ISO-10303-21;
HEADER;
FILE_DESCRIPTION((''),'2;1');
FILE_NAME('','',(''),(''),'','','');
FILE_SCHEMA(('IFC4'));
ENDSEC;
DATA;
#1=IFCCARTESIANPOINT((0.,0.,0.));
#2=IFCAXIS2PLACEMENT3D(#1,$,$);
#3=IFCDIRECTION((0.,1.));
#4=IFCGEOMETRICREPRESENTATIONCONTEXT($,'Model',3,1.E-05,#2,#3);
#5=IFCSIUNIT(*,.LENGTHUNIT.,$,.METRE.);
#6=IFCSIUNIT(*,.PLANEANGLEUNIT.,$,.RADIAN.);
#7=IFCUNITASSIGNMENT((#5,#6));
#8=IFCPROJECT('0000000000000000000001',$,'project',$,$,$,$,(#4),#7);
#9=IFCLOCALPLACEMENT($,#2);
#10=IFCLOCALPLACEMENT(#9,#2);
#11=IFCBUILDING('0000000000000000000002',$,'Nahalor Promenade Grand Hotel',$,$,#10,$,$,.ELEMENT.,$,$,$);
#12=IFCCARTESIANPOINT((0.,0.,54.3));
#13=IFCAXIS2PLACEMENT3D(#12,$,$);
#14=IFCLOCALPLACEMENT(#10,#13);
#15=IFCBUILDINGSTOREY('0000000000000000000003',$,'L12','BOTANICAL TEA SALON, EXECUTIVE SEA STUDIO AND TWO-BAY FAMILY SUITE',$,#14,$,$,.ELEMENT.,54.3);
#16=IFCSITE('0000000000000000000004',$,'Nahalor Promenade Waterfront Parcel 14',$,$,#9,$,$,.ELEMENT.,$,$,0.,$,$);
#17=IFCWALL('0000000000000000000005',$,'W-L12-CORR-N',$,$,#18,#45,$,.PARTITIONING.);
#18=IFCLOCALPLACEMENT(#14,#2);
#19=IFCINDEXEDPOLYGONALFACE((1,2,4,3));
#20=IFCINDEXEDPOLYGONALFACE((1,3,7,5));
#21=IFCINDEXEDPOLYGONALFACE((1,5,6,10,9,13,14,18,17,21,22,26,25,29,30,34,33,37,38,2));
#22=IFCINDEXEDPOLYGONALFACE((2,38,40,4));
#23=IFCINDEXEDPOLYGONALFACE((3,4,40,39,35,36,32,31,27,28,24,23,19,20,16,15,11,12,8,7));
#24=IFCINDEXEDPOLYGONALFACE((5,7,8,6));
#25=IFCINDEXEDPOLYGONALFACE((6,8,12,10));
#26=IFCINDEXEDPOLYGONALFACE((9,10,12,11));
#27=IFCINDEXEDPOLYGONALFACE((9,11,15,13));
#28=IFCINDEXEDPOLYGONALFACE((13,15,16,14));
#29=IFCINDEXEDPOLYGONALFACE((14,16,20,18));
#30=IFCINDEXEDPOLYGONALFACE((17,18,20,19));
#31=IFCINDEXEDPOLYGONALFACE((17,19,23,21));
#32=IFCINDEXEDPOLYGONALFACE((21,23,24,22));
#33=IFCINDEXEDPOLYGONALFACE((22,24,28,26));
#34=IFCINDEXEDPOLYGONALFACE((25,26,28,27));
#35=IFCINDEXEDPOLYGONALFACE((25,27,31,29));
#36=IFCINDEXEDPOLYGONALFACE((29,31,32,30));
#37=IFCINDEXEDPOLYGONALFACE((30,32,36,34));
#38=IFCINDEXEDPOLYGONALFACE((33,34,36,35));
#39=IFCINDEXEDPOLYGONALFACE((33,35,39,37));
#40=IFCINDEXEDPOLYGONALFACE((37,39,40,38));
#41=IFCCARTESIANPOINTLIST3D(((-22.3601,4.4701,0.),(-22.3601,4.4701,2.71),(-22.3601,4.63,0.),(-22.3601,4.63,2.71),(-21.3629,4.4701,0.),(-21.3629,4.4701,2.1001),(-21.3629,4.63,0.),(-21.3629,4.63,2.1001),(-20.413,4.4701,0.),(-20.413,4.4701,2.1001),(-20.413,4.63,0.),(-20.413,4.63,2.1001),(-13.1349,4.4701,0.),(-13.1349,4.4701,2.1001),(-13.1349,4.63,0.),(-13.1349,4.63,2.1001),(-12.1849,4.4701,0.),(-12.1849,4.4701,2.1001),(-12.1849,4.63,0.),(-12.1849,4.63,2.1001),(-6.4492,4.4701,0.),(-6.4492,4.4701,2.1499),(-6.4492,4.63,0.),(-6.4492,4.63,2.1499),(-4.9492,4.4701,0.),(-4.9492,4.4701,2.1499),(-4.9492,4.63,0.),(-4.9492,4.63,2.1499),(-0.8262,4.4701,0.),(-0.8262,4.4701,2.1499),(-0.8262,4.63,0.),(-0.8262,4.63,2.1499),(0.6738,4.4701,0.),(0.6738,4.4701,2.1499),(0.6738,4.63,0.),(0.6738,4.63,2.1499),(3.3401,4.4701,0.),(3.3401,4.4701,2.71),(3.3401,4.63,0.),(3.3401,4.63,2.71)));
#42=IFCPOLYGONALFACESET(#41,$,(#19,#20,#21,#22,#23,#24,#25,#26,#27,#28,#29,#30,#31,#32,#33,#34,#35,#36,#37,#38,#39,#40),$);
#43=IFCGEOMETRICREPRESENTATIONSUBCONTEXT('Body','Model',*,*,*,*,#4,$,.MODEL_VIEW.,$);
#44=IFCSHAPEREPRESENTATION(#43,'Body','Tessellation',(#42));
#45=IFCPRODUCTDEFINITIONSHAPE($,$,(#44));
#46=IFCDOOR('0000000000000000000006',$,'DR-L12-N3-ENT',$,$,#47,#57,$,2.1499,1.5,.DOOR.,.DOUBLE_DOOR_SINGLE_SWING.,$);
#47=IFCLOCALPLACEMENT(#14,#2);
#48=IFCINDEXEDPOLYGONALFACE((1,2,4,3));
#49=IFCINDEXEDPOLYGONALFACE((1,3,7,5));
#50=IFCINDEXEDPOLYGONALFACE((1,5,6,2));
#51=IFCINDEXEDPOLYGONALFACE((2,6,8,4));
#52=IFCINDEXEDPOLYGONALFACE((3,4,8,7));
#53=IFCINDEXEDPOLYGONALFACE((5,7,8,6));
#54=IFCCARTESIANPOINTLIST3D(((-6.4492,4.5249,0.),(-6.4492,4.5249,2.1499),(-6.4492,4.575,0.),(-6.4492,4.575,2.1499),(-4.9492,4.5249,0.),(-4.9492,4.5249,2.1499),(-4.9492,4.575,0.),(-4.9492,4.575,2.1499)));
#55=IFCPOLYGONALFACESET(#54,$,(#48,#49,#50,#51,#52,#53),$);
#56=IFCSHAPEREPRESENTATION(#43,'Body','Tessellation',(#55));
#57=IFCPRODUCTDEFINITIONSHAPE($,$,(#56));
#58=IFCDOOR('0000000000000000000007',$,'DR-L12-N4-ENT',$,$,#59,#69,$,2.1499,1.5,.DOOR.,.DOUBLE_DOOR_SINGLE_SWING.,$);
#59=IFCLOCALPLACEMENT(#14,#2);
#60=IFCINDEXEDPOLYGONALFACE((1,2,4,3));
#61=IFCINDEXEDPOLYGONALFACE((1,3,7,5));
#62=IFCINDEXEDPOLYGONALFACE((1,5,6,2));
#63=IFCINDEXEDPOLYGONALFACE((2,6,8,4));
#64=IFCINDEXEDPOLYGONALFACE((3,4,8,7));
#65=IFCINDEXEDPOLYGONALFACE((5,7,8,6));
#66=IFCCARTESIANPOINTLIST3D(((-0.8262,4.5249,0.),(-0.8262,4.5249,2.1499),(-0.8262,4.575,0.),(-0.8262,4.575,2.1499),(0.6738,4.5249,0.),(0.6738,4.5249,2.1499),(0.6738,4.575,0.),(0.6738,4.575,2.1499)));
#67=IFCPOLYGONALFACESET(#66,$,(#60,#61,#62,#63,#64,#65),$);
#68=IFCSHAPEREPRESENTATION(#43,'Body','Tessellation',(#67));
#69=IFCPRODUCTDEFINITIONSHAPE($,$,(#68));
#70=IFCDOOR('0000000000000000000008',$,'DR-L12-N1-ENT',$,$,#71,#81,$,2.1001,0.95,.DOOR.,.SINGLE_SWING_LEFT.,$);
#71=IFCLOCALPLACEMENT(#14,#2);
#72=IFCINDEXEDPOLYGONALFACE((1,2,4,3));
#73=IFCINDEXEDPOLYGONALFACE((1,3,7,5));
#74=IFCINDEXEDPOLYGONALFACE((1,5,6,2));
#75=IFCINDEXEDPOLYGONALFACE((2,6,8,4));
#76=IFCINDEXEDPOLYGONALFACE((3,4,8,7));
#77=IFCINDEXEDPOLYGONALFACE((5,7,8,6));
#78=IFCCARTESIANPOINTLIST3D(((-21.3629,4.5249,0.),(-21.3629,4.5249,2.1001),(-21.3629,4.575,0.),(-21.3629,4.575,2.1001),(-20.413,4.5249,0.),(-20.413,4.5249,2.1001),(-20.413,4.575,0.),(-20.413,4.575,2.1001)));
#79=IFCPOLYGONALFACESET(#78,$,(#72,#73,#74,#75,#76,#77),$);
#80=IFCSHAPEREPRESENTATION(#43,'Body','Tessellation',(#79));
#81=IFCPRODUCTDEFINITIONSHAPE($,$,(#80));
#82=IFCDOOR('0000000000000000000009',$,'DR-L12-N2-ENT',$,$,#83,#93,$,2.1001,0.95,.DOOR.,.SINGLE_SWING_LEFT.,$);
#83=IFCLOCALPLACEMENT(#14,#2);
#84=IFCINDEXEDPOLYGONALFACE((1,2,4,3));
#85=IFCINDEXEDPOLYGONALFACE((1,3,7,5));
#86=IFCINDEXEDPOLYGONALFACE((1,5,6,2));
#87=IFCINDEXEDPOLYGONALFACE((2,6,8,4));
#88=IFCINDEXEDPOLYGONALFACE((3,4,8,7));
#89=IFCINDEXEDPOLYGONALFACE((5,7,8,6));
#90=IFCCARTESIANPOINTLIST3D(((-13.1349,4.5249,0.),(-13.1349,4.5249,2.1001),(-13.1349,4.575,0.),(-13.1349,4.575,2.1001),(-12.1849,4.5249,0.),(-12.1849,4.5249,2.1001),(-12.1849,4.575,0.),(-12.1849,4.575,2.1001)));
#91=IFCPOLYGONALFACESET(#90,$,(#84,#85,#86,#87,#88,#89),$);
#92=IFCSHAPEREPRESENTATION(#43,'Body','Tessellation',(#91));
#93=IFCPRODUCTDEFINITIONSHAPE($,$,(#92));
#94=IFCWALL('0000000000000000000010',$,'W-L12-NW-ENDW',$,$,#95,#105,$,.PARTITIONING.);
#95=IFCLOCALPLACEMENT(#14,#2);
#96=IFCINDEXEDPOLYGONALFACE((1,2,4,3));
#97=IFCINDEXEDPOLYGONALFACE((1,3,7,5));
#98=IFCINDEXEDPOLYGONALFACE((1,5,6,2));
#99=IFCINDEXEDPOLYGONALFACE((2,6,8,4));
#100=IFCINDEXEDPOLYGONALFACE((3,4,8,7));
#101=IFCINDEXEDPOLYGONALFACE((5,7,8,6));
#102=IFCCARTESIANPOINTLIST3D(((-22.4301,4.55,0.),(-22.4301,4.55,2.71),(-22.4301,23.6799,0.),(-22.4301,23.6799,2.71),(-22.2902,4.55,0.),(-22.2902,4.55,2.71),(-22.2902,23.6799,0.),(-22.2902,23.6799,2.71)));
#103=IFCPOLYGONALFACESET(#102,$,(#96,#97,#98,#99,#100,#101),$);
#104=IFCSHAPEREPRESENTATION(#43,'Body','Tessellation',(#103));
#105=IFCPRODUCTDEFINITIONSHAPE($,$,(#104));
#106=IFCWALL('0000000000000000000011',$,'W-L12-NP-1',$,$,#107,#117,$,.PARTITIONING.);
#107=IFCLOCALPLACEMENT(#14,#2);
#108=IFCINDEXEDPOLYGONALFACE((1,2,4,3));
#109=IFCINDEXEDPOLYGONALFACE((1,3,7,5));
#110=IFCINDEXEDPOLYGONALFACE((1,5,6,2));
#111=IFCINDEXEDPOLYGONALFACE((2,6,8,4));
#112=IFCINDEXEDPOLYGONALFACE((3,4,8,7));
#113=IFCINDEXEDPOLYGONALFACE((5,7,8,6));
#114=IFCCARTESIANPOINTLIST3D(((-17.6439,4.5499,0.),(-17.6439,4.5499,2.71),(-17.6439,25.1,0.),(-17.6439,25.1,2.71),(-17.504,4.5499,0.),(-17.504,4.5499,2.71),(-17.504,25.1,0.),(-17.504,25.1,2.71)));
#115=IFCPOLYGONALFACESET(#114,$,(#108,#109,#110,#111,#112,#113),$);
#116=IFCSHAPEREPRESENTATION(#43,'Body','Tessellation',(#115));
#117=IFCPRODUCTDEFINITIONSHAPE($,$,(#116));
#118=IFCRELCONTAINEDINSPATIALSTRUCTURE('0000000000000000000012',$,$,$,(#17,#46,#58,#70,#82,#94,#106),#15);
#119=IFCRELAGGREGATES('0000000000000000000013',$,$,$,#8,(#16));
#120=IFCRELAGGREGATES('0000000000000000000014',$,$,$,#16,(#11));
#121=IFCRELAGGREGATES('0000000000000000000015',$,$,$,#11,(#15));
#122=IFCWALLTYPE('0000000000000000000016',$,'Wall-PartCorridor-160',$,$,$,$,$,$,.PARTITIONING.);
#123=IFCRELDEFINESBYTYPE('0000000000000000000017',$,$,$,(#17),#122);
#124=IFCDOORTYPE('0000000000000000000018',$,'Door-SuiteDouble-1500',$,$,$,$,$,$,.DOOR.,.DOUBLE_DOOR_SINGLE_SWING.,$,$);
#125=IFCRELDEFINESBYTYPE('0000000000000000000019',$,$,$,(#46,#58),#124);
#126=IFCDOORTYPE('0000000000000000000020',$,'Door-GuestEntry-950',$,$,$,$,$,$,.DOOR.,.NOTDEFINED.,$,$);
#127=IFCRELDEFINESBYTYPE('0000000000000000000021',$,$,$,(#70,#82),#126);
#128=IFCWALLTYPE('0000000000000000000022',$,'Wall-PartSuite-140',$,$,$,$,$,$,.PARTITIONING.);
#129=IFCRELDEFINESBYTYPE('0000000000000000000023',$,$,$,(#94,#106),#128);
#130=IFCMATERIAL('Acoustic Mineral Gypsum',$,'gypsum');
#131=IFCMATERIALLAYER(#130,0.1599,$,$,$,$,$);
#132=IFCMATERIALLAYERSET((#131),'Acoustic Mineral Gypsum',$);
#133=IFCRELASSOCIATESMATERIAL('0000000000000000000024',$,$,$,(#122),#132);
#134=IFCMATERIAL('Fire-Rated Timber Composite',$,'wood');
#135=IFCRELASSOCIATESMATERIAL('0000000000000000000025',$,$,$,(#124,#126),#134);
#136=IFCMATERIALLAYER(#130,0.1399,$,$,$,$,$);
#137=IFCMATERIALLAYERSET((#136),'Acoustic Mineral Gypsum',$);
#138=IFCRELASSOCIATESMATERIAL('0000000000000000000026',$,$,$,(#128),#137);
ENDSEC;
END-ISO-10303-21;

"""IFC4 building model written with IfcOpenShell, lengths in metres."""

from ifc_helpers import new_model, si_unit, direction, frame, frame_2d, origin, place, context, subcontext, project, spatial, rectangle, extrude, source, transform, mapped, material, layer, layer_set, type_object, element, fill, save


model = new_model("IFC4")

# Units and contexts
model_context = context("Model", 3, precision=1e-05, world=origin(), true_north=direction((0.0, 1.0)))
body_context = subcontext(model_context, "Body", "Model", "MODEL_VIEW")
ifc_project = project(units=[si_unit("LENGTHUNIT", "METRE"), si_unit("PLANEANGLEUNIT", "RADIAN")], contexts=[model_context])

# Site, building, storey
site_placement = place(None, origin())
site = spatial("IfcSite", under=ifc_project, at=site_placement, Name="Nahalor Promenade Waterfront Parcel 14", CompositionType="ELEMENT", RefElevation=0.0)
building_placement = place(site_placement, origin())
building = spatial("IfcBuilding", under=site, at=building_placement, Name="Nahalor Promenade Grand Hotel", CompositionType="ELEMENT")
storey_placement = place(building_placement, frame((0.0, 0.0, 54.3)))
storey = spatial("IfcBuildingStorey", under=building, at=storey_placement, Name="L12", Description="BOTANICAL TEA SALON, EXECUTIVE SEA STUDIO AND TWO-BAY FAMILY SUITE", CompositionType="ELEMENT", Elevation=54.3)

# Wall, openings, doors
ifc_material_1 = material(Name="Acoustic Mineral Gypsum", Category="gypsum")
ifc_layer_1 = layer(ifc_material_1, 0.1599)
ifc_layer_set_1 = layer_set([ifc_layer_1], Name="Acoustic Mineral Gypsum")
wall_type_1 = type_object("IfcWallType", Name="Wall-PartCorridor-160", PredefinedType="PARTITIONING", material=ifc_layer_set_1)
shared_shape_1 = source(origin(), body_context, "Body", "SweptSolid", [
    extrude(rectangle(XDim=25.7002, YDim=0.1599, at=frame_2d((12.8501, 0.0))), origin(), (0.0, 0.0, 1.0), 2.71),
])
wall_1_placement = place(storey_placement, frame((-22.3601, 4.55, 0.0), z_axis=(0.0, 0.0, 1.0), x_axis=(1.0, 0.0, 0.0)))
wall_1 = element("IfcWall", 1, at=wall_1_placement, inside=storey, type_object=wall_type_1, Name="W-L12-CORR-N", PredefinedType="PARTITIONING", context=body_context, shape_type="MappedRepresentation", body=[
    mapped(shared_shape_1, transform((0.0, 0.0, 0.0), scale=1.0)),
])
opening_1_placement = place(wall_1_placement, frame((0.9971, 0.0, 0.0)))
opening_1 = element("IfcOpeningElement", 2, at=opening_1_placement, cuts=wall_1, PredefinedType="OPENING", context=body_context, shape_type="SweptSolid", body=[
    extrude(rectangle(XDim=0.95, YDim=2.1001, at=frame_2d((0.4751, 1.05))), frame((0.0, 0.0898, 0.0), z_axis=(0.0, -1.0, 0.0), x_axis=(1.0, 0.0, 0.0)), (0.0, 0.0, 1.0), 0.1799),
])
opening_2_placement = place(wall_1_placement, frame((9.2251, 0.0, 0.0)))
opening_2 = element("IfcOpeningElement", 3, at=opening_2_placement, cuts=wall_1, PredefinedType="OPENING", context=body_context, shape_type="SweptSolid", body=[
    extrude(rectangle(XDim=0.95, YDim=2.1001, at=frame_2d((0.4751, 1.05))), frame((0.0, 0.0898, 0.0), z_axis=(0.0, -1.0, 0.0), x_axis=(1.0, 0.0, 0.0)), (0.0, 0.0, 1.0), 0.1799),
])
opening_3_placement = place(wall_1_placement, frame((15.9109, 0.0, 0.0)))
opening_3 = element("IfcOpeningElement", 4, at=opening_3_placement, cuts=wall_1, PredefinedType="OPENING", context=body_context, shape_type="SweptSolid", body=[
    extrude(rectangle(XDim=1.5, YDim=2.1499, at=frame_2d((0.75, 1.075))), frame((0.0, 0.0898, 0.0), z_axis=(0.0, -1.0, 0.0), x_axis=(1.0, 0.0, 0.0)), (0.0, 0.0, 1.0), 0.1799),
])
opening_4_placement = place(wall_1_placement, frame((21.5339, 0.0, 0.0)))
opening_4 = element("IfcOpeningElement", 5, at=opening_4_placement, cuts=wall_1, PredefinedType="OPENING", context=body_context, shape_type="SweptSolid", body=[
    extrude(rectangle(XDim=1.5, YDim=2.1499, at=frame_2d((0.75, 1.075))), frame((0.0, 0.0898, 0.0), z_axis=(0.0, -1.0, 0.0), x_axis=(1.0, 0.0, 0.0)), (0.0, 0.0, 1.0), 0.1799),
])
ifc_material_2 = material(Name="Fire-Rated Timber Composite", Category="wood")
door_type_1 = type_object("IfcDoorType", Name="Door-SuiteDouble-1500", OperationType="DOUBLE_DOOR_SINGLE_SWING", PredefinedType="DOOR", material=ifc_material_2)
shared_shape_2 = source(origin(), body_context, "Body", "SweptSolid", [
    extrude(rectangle(XDim=1.5, YDim=2.1499, at=frame_2d((0.75, 1.075))), frame((0.0, 0.0249, 0.0), z_axis=(0.0, -1.0, 0.0), x_axis=(1.0, 0.0, 0.0)), (0.0, 0.0, 1.0), 0.05),
])
door_1_placement = place(opening_3_placement, origin())
door_1 = element("IfcDoor", 6, at=door_1_placement, inside=storey, type_object=door_type_1, Name="DR-L12-N3-ENT", OperationType="DOUBLE_DOOR_SINGLE_SWING", OverallHeight=2.1499, OverallWidth=1.5, PredefinedType="DOOR", context=body_context, shape_type="MappedRepresentation", body=[
    mapped(shared_shape_2, transform((0.0, 0.0, 0.0), scale=1.0)),
])
fill(opening_3, door_1)
door_2_placement = place(opening_4_placement, origin())
door_2 = element("IfcDoor", 7, at=door_2_placement, inside=storey, type_object=door_type_1, Name="DR-L12-N4-ENT", OperationType="DOUBLE_DOOR_SINGLE_SWING", OverallHeight=2.1499, OverallWidth=1.5, PredefinedType="DOOR", context=body_context, shape_type="MappedRepresentation", body=[
    mapped(shared_shape_2, transform((0.0, 0.0, 0.0), scale=1.0)),
])
fill(opening_4, door_2)
door_type_2 = type_object("IfcDoorType", Name="Door-GuestEntry-950", OperationType="NOTDEFINED", PredefinedType="DOOR", material=ifc_material_2)
shared_shape_3 = source(origin(), body_context, "Body", "SweptSolid", [
    extrude(rectangle(XDim=0.95, YDim=2.1001, at=frame_2d((0.4751, 1.05))), frame((0.0, 0.0249, 0.0), z_axis=(0.0, -1.0, 0.0), x_axis=(1.0, 0.0, 0.0)), (0.0, 0.0, 1.0), 0.05),
])
door_3_placement = place(opening_1_placement, origin())
door_3 = element("IfcDoor", 8, at=door_3_placement, inside=storey, type_object=door_type_2, Name="DR-L12-N1-ENT", OperationType="SINGLE_SWING_LEFT", OverallHeight=2.1001, OverallWidth=0.95, PredefinedType="DOOR", context=body_context, shape_type="MappedRepresentation", body=[
    mapped(shared_shape_3, transform((0.0, 0.0, 0.0), scale=1.0)),
])
fill(opening_1, door_3)
door_4_placement = place(opening_2_placement, origin())
door_4 = element("IfcDoor", 9, at=door_4_placement, inside=storey, type_object=door_type_2, Name="DR-L12-N2-ENT", OperationType="SINGLE_SWING_LEFT", OverallHeight=2.1001, OverallWidth=0.95, PredefinedType="DOOR", context=body_context, shape_type="MappedRepresentation", body=[
    mapped(shared_shape_3, transform((0.0, 0.0, 0.0), scale=1.0)),
])
fill(opening_2, door_4)

# Walls
ifc_layer_2 = layer(ifc_material_1, 0.1399)
ifc_layer_set_2 = layer_set([ifc_layer_2], Name="Acoustic Mineral Gypsum")
wall_type_2 = type_object("IfcWallType", Name="Wall-PartSuite-140", PredefinedType="PARTITIONING", material=ifc_layer_set_2)
shared_shape_4 = source(origin(), body_context, "Body", "SweptSolid", [
    extrude(rectangle(XDim=19.1299, YDim=0.1399, at=frame_2d((9.5649, 0.0))), origin(), (0.0, 0.0, 1.0), 2.71),
])
wall_2_placement = place(storey_placement, frame((-22.3601, 4.55, 0.0), z_axis=(0.0, 0.0, 1.0), x_axis=(0.0, 1.0, 0.0)))
element("IfcWall", 10, at=wall_2_placement, inside=storey, type_object=wall_type_2, Name="W-L12-NW-ENDW", PredefinedType="PARTITIONING", context=body_context, shape_type="MappedRepresentation", body=[
    mapped(shared_shape_4, transform((0.0, 0.0, 0.0), scale=1.0)),
])
shared_shape_5 = source(origin(), body_context, "Body", "SweptSolid", [
    extrude(rectangle(XDim=20.55, YDim=0.1399, at=frame_2d((10.2749, 0.0))), origin(), (0.0, 0.0, 1.0), 2.71),
])
wall_3_placement = place(storey_placement, frame((-17.574, 4.55, 0.0), z_axis=(0.0, 0.0, 1.0), x_axis=(0.0, 1.0, 0.0)))
element("IfcWall", 11, at=wall_3_placement, inside=storey, type_object=wall_type_2, Name="W-L12-NP-1", PredefinedType="PARTITIONING", context=body_context, shape_type="MappedRepresentation", body=[
    mapped(shared_shape_5, transform((0.0, 0.0, 0.0), scale=1.0)),
])

save(model, "model.ifc")
